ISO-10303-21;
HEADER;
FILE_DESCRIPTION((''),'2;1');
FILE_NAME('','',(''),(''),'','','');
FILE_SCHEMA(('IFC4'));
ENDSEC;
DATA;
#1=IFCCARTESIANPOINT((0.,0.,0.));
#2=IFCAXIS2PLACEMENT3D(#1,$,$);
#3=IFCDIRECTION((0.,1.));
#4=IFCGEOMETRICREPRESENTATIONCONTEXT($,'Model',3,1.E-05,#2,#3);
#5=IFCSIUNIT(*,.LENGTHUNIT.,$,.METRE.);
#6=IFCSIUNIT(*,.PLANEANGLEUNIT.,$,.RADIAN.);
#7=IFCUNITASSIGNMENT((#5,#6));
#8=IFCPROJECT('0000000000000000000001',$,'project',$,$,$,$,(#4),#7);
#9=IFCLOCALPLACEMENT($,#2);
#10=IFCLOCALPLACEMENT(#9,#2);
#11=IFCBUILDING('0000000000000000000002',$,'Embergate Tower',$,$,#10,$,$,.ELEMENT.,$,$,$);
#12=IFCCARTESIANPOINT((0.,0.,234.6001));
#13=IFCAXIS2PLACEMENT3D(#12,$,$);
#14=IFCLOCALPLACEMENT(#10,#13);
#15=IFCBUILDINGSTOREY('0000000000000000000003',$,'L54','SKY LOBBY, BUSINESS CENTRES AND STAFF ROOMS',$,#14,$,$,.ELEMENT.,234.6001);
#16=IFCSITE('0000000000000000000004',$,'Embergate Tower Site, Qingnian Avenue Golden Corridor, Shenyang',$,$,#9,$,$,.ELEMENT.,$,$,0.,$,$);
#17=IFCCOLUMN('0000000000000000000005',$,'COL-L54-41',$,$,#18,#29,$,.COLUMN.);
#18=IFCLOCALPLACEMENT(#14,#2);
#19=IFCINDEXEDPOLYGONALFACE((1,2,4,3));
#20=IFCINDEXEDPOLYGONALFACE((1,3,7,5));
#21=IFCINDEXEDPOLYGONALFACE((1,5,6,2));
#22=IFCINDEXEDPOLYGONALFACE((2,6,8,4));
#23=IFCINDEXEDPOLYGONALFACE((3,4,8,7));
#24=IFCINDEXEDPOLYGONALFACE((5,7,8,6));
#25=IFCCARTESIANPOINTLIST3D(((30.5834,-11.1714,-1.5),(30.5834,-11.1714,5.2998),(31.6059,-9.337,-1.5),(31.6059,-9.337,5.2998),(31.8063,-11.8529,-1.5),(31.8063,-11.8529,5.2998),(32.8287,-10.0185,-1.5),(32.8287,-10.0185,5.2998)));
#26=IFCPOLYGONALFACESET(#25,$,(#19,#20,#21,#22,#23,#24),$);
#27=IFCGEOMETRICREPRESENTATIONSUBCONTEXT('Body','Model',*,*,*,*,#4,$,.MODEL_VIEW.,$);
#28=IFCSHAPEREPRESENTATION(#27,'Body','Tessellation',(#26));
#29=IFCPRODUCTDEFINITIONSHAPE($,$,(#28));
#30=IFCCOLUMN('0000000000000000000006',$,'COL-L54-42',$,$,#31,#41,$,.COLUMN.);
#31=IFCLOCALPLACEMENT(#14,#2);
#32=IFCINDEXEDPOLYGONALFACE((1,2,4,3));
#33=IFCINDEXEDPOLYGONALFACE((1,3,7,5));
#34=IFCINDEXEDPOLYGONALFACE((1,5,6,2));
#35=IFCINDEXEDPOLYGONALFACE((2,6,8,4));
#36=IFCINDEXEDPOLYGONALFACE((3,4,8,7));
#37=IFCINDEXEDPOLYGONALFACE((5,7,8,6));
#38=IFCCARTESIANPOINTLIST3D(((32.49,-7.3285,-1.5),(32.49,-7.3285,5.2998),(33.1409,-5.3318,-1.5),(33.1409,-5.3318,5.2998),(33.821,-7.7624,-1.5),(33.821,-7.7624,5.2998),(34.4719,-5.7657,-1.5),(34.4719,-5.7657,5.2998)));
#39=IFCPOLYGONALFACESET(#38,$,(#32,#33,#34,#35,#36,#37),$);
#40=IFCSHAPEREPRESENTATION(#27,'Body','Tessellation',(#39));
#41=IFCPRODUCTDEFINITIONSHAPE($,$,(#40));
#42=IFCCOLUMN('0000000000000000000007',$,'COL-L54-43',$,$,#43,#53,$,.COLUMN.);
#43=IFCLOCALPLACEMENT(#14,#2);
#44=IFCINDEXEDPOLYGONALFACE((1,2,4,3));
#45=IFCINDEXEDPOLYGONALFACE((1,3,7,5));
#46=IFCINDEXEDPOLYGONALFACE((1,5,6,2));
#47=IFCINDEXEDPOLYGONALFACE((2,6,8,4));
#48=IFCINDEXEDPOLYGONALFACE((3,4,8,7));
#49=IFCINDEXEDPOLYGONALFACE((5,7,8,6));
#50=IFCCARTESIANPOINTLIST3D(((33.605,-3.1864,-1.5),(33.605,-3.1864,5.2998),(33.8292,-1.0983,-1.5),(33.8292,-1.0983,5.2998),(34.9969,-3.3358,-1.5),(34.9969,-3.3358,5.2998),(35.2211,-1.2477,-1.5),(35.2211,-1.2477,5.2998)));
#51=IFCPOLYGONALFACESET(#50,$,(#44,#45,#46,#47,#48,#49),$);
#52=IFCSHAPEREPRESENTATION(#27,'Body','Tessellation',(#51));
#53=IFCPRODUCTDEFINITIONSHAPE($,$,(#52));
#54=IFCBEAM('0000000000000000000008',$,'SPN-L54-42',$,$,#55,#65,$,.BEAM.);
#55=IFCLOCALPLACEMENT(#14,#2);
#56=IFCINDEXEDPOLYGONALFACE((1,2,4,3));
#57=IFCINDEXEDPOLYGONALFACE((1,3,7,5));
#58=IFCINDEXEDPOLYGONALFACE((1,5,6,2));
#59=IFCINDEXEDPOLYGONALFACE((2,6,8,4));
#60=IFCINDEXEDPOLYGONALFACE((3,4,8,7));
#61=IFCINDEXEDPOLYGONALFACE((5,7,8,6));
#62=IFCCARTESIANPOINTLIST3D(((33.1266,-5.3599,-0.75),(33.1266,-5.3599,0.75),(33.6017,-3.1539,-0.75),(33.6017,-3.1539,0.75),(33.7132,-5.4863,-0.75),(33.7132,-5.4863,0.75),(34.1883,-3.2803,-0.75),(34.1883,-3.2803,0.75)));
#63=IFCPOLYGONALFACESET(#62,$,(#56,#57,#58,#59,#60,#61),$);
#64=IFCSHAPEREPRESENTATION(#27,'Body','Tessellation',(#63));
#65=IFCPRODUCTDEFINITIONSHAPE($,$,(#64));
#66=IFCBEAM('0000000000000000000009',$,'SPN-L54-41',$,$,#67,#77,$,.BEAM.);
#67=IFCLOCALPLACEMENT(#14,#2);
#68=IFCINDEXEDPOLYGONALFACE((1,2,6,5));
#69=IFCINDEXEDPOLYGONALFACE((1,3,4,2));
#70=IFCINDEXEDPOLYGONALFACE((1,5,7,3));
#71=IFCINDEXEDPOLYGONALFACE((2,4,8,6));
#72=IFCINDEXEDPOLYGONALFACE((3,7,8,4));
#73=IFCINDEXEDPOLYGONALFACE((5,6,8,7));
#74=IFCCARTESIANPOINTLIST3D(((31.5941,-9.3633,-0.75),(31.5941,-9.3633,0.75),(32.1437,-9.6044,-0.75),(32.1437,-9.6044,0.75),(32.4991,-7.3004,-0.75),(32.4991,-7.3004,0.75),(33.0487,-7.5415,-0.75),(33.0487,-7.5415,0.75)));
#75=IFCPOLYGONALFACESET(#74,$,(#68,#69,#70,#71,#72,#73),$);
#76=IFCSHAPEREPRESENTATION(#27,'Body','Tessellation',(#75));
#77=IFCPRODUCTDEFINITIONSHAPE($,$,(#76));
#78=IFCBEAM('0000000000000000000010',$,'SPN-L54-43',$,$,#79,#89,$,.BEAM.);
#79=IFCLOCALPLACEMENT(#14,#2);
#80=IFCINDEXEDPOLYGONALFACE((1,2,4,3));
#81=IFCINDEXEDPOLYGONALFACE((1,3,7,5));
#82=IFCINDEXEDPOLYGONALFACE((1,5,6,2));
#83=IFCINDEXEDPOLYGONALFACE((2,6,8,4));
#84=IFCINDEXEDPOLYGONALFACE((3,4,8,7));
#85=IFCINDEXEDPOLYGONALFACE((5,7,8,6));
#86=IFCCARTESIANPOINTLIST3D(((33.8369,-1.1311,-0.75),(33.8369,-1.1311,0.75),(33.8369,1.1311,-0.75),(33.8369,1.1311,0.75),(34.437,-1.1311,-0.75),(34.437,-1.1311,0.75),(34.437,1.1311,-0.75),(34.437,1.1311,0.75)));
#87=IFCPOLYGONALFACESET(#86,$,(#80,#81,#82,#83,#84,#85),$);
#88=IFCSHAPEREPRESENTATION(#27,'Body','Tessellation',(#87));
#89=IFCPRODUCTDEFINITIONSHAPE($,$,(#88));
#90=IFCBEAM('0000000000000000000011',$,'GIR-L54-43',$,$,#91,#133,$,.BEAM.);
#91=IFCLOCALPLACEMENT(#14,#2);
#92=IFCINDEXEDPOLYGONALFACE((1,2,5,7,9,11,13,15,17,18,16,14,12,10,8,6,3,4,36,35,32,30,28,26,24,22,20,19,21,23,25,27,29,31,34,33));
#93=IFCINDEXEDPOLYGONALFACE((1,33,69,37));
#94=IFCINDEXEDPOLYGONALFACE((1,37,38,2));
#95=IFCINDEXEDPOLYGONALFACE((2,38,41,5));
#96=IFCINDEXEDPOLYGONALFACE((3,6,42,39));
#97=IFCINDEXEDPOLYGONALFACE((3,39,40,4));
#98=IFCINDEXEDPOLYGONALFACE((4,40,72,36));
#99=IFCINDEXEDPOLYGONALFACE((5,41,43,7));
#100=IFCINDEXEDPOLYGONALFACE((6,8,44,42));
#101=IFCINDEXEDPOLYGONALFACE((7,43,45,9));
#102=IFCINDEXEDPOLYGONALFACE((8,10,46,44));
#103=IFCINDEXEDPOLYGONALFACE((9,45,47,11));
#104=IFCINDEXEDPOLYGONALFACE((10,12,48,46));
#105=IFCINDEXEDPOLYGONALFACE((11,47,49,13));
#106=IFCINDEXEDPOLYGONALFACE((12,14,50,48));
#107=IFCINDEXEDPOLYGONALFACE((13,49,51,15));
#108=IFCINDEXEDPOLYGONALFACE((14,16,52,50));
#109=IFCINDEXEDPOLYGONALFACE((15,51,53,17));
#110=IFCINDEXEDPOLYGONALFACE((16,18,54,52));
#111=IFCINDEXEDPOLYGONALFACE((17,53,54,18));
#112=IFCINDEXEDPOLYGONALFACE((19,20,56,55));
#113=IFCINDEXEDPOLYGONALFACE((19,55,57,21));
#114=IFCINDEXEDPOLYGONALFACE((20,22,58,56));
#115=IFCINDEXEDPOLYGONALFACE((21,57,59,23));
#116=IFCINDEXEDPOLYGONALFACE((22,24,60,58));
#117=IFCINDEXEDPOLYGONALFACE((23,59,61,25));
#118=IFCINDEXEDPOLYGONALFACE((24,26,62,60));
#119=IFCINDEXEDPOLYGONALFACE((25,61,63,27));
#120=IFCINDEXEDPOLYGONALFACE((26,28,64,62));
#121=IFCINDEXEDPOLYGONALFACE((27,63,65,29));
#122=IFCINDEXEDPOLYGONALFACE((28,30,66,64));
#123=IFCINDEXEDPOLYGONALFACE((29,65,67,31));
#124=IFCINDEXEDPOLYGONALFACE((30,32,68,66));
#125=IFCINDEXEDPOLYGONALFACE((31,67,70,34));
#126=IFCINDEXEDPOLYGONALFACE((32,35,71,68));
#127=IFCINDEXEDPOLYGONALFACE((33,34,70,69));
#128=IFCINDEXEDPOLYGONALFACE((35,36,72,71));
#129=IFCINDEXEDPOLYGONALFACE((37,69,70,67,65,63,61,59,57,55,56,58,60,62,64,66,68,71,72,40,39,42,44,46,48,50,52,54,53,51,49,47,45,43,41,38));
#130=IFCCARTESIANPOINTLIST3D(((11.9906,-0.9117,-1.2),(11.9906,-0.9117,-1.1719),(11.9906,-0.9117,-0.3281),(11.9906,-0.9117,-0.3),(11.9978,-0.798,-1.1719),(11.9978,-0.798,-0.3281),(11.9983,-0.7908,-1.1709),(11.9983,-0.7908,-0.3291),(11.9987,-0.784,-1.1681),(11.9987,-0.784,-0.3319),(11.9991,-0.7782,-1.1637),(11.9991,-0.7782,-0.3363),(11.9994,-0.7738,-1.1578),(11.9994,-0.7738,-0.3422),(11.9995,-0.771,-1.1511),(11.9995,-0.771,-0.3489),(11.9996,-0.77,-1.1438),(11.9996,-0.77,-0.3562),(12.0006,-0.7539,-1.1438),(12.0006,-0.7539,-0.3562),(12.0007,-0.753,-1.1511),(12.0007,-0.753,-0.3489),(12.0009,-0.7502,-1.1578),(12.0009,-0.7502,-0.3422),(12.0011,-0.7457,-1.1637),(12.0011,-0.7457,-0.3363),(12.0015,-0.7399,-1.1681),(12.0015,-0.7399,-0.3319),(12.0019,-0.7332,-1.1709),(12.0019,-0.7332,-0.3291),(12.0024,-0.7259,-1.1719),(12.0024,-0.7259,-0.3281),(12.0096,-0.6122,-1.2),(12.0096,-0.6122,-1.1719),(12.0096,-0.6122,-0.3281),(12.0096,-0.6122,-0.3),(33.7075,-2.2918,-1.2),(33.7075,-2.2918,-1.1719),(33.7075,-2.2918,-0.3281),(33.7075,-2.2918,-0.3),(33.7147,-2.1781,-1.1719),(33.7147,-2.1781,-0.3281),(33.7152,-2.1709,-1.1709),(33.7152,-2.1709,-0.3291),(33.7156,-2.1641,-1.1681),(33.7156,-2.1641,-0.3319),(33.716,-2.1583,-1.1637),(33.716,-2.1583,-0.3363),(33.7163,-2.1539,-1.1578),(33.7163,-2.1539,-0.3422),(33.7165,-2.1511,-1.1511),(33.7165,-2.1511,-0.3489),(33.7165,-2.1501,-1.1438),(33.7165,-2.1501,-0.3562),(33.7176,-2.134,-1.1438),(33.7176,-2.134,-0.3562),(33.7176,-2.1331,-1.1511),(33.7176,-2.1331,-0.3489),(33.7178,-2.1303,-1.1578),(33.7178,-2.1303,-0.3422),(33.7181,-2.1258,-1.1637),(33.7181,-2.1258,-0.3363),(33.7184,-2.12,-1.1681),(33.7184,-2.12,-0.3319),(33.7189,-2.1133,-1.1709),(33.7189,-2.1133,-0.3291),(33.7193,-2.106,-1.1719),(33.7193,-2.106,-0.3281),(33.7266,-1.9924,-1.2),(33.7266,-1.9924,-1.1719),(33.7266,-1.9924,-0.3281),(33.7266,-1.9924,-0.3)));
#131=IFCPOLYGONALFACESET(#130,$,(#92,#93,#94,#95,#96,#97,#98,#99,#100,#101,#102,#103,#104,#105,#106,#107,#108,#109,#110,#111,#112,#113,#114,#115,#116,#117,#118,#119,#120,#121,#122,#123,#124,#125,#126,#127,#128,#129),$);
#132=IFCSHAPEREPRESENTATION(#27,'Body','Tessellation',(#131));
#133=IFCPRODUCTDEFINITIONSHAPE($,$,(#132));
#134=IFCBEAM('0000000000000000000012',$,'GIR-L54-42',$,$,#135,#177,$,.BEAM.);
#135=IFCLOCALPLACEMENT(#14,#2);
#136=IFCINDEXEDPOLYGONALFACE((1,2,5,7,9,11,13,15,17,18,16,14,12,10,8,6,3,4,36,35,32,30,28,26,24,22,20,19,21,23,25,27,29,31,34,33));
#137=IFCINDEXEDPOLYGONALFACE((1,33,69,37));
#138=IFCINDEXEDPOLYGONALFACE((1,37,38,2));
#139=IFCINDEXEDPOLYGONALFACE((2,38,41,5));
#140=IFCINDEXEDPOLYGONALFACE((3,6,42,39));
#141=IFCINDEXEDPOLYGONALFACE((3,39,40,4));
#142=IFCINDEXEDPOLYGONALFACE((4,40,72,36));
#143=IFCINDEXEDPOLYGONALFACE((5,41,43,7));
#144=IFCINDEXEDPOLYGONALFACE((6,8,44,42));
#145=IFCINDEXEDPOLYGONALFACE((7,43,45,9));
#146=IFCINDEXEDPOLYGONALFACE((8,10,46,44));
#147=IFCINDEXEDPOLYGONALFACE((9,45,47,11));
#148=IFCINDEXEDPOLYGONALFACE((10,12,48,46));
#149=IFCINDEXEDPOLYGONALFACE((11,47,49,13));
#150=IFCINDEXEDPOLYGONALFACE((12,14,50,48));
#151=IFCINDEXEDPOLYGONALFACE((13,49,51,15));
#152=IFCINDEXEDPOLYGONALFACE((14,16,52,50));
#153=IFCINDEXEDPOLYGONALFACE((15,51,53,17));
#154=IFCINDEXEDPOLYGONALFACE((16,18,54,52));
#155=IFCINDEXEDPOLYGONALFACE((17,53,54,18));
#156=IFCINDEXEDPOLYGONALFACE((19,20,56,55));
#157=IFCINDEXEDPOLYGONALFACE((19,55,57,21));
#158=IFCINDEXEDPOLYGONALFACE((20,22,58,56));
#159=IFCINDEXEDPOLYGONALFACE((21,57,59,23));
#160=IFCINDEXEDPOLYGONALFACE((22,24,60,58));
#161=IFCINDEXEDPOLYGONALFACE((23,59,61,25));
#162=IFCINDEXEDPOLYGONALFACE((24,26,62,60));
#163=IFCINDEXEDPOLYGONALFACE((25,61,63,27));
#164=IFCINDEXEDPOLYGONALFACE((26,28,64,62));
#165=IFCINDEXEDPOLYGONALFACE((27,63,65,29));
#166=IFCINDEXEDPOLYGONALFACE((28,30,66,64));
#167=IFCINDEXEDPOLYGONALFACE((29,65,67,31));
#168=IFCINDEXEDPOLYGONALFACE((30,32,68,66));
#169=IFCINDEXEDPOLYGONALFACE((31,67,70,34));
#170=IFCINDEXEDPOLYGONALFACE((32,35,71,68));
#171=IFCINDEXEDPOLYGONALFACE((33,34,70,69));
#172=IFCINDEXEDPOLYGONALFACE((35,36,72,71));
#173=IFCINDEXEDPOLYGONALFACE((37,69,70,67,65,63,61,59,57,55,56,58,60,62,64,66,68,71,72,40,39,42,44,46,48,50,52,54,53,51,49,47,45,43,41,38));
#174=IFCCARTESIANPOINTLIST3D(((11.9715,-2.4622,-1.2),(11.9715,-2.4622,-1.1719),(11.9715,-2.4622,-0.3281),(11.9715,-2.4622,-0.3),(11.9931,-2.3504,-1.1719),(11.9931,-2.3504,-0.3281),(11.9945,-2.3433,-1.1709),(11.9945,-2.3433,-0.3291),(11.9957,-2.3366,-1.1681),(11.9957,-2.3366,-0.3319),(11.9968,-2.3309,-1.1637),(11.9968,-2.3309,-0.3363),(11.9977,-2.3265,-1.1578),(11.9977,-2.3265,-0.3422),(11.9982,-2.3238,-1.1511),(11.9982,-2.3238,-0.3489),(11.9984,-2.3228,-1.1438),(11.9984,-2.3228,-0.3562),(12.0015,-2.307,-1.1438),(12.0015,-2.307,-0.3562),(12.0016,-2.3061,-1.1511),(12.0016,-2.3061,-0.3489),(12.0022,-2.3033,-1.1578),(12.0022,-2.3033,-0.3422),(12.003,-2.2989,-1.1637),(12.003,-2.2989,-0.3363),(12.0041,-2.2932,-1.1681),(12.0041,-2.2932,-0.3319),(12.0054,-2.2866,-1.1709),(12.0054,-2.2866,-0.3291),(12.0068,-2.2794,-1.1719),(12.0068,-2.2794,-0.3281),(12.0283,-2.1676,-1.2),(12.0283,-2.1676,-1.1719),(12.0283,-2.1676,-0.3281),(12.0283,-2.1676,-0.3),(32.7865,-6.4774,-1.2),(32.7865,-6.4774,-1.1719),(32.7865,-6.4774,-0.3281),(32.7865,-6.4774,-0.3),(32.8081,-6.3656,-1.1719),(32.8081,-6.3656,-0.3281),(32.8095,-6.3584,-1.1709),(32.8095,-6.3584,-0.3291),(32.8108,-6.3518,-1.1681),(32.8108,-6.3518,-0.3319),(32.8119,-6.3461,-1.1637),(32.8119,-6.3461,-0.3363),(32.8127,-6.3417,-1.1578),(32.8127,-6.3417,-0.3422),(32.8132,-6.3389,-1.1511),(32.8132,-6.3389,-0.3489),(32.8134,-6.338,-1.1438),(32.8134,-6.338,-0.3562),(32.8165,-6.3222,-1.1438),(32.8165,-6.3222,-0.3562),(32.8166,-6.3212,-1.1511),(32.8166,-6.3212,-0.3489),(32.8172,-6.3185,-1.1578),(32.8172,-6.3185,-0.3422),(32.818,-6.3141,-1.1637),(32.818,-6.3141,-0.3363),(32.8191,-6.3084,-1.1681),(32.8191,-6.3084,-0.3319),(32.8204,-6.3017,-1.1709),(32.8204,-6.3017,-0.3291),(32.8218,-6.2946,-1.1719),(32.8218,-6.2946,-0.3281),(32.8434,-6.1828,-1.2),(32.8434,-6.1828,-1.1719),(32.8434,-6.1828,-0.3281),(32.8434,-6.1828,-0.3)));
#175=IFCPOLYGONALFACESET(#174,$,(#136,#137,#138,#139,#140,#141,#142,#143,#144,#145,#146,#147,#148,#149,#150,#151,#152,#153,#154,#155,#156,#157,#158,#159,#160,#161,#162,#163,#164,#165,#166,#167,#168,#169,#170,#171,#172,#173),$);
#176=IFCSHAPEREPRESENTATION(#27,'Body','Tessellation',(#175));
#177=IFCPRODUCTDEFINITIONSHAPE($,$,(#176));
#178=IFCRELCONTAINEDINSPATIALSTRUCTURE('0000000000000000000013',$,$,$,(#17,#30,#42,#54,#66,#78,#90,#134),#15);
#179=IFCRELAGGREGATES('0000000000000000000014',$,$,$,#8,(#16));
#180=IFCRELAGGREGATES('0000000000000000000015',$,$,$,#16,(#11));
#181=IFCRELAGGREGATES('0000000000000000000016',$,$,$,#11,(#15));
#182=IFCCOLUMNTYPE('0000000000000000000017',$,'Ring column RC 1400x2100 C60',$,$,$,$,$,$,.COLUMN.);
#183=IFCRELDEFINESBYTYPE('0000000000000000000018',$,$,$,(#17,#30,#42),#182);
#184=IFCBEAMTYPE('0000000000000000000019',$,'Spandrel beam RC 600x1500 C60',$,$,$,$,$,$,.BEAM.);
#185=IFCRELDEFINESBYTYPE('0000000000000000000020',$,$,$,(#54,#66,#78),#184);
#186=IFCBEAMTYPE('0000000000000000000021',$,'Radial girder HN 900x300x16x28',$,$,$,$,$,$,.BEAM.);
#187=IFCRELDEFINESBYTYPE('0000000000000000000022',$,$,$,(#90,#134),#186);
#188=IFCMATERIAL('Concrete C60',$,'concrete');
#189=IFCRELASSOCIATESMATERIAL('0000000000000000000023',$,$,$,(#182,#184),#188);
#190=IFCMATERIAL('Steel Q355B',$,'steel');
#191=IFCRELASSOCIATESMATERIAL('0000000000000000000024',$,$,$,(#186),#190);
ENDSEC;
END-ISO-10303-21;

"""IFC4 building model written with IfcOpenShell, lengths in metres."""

from ifc_helpers import new_model, si_unit, direction, frame, origin, origin_2d, place, context, subcontext, project, spatial, rectangle, i_section, extrude, source, transform, mapped, material, material_profile, profile_set, type_object, element, save


model = new_model("IFC4")

# Units and contexts
model_context = context("Model", 3, precision=1e-05, world=origin(), true_north=direction((0.0, 1.0)))
body_context = subcontext(model_context, "Body", "Model", "MODEL_VIEW")
ifc_project = project(units=[si_unit("LENGTHUNIT", "METRE"), si_unit("PLANEANGLEUNIT", "RADIAN")], contexts=[model_context])

# Site, building, storey
site_placement = place(None, origin())
site = spatial("IfcSite", under=ifc_project, at=site_placement, Name="Embergate Tower Site, Qingnian Avenue Golden Corridor, Shenyang", CompositionType="ELEMENT", RefElevation=0.0)
building_placement = place(site_placement, origin())
building = spatial("IfcBuilding", under=site, at=building_placement, Name="Embergate Tower", CompositionType="ELEMENT")
storey_placement = place(building_placement, frame((0.0, 0.0, 234.6001)))
storey = spatial("IfcBuildingStorey", under=building, at=storey_placement, Name="L54", Description="SKY LOBBY, BUSINESS CENTRES AND STAFF ROOMS", CompositionType="ELEMENT", Elevation=234.6001)

# Columns
ifc_material_1 = material(Name="Concrete C60", Category="concrete")
ifc_material_profile_1 = material_profile(ifc_material_1, rectangle(XDim=1.3999, YDim=2.1001, at=origin_2d()), Name="RC 1400x2100")
ifc_profile_set_1 = profile_set([ifc_material_profile_1], Name="Concrete C60")
column_type = type_object("IfcColumnType", Name="Ring column RC 1400x2100 C60", PredefinedType="COLUMN", material=ifc_profile_set_1)
shared_shape_1 = source(origin(), body_context, "Body", "SweptSolid", [
    extrude(rectangle(XDim=1.3999, YDim=2.1001, at=origin_2d()), origin(), (0.0, 0.0, 1.0), 6.7998),
])
for number, where, z_axis, x_axis, name in (
    (1, (31.7061, -10.595, -1.5), (0.0, 0.0, 1.0), (0.873492, -0.486839, 0.0), "COL-L54-41"),
    (2, (33.481, -6.5471, -1.5), (0.0, 0.0, 1.0), (0.950754, -0.309946, 0.0), "COL-L54-42"),
    (3, (34.4131, -2.217, -1.5), (0.0, 0.0, 1.0), (0.994286, -0.10675, 0.0), "COL-L54-43"),
):
    element("IfcColumn", number, at=place(storey_placement, frame(where, z_axis=z_axis, x_axis=x_axis)), inside=storey, type_object=column_type, Name=name, PredefinedType="COLUMN", context=body_context, shape_type="MappedRepresentation", body=[
        mapped(shared_shape_1, transform((0.0, 0.0, 0.0))),
    ])

# Beams
ifc_material_profile_2 = material_profile(ifc_material_1, rectangle(XDim=0.6001, YDim=1.5, at=origin_2d()), Name="RC 600x1500")
ifc_profile_set_2 = profile_set([ifc_material_profile_2], Name="Concrete C60")
beam_type_1 = type_object("IfcBeamType", Name="Spandrel beam RC 600x1500 C60", PredefinedType="BEAM", material=ifc_profile_set_2)
shared_shape_2 = source(origin(), body_context, "Body", "SweptSolid", [
    extrude(rectangle(XDim=0.6001, YDim=1.5, at=origin_2d()), origin(), (0.0, 0.0, 1.0), 2.2566),
])
beam_1_placement = place(storey_placement, frame((33.4199, -5.4231, 0.0), z_axis=(0.210534, 0.977587, 0.0), x_axis=(-0.977587, 0.210534, 0.0)))
element("IfcBeam", 4, at=beam_1_placement, inside=storey, type_object=beam_type_1, Name="SPN-L54-42", PredefinedType="BEAM", context=body_context, shape_type="MappedRepresentation", body=[
    mapped(shared_shape_2, transform((0.0, 0.0, 0.0))),
])
shared_shape_3 = source(origin(), body_context, "Body", "SweptSolid", [
    extrude(rectangle(XDim=0.6001, YDim=1.5, at=origin_2d()), origin(), (0.0, 0.0, 1.0), 2.2527),
])
beam_2_placement = place(storey_placement, frame((31.8689, -9.4839, 0.0), z_axis=(0.40174, 0.915754, 0.0), x_axis=(-0.915754, 0.40174, 0.0)))
element("IfcBeam", 5, at=beam_2_placement, inside=storey, type_object=beam_type_1, Name="SPN-L54-41", PredefinedType="BEAM", context=body_context, shape_type="MappedRepresentation", body=[
    mapped(shared_shape_3, transform((0.0, 0.0, 0.0))),
])
shared_shape_4 = source(origin(), body_context, "Body", "SweptSolid", [
    extrude(rectangle(XDim=0.6001, YDim=1.5, at=origin_2d()), origin(), (0.0, 0.0, 1.0), 2.2622),
])
beam_3_placement = place(storey_placement, frame((34.137, -1.1311, 0.0), z_axis=(0.0, 1.0, 0.0), x_axis=(-1.0, 0.0, 0.0)))
element("IfcBeam", 6, at=beam_3_placement, inside=storey, type_object=beam_type_1, Name="SPN-L54-43", PredefinedType="BEAM", context=body_context, shape_type="MappedRepresentation", body=[
    mapped(shared_shape_4, transform((0.0, 0.0, 0.0))),
])
ifc_material_2 = material(Name="Steel Q355B", Category="steel")
ifc_material_profile_3 = material_profile(ifc_material_2, i_section(OverallWidth=0.3, OverallDepth=0.8999, WebThickness=0.0161, FlangeThickness=0.0281, FilletRadius=0.0281, at=origin_2d()), Name="HN 900x300x16x28")
ifc_profile_set_3 = profile_set([ifc_material_profile_3], Name="Steel Q355 grade B")
beam_type_2 = type_object("IfcBeamType", Name="Radial girder HN 900x300x16x28", PredefinedType="BEAM", material=ifc_profile_set_3)
shared_shape_5 = source(origin(), body_context, "Body", "SweptSolid", [
    extrude(i_section(OverallWidth=0.3, OverallDepth=0.8999, WebThickness=0.0161, FlangeThickness=0.0281, FilletRadius=0.0281, at=origin_2d()), origin(), (0.0, 0.0, 1.0), 21.7607),
])
beam_4_placement = place(storey_placement, frame((33.717, -2.1421, -0.75), z_axis=(-0.997987, 0.063422, 0.0), x_axis=(-0.063422, -0.997987, 0.0)))
element("IfcBeam", 7, at=beam_4_placement, inside=storey, type_object=beam_type_2, Name="GIR-L54-43", PredefinedType="BEAM", context=body_context, shape_type="MappedRepresentation", body=[
    mapped(shared_shape_5, transform((0.0, 0.0, 0.0))),
])
shared_shape_6 = source(origin(), body_context, "Body", "SweptSolid", [
    extrude(i_section(OverallWidth=0.3, OverallDepth=0.8999, WebThickness=0.0161, FlangeThickness=0.0281, FilletRadius=0.0281, at=origin_2d()), origin(), (0.0, 0.0, 1.0), 21.1987),
])
beam_5_placement = place(storey_placement, frame((32.8149, -6.3301, -0.75), z_axis=(-0.981899, 0.189405, 0.0), x_axis=(-0.189405, -0.981899, 0.0)))
element("IfcBeam", 8, at=beam_5_placement, inside=storey, type_object=beam_type_2, Name="GIR-L54-42", PredefinedType="BEAM", context=body_context, shape_type="MappedRepresentation", body=[
    mapped(shared_shape_6, transform((0.0, 0.0, 0.0))),
])

save(model, "model.ifc")
